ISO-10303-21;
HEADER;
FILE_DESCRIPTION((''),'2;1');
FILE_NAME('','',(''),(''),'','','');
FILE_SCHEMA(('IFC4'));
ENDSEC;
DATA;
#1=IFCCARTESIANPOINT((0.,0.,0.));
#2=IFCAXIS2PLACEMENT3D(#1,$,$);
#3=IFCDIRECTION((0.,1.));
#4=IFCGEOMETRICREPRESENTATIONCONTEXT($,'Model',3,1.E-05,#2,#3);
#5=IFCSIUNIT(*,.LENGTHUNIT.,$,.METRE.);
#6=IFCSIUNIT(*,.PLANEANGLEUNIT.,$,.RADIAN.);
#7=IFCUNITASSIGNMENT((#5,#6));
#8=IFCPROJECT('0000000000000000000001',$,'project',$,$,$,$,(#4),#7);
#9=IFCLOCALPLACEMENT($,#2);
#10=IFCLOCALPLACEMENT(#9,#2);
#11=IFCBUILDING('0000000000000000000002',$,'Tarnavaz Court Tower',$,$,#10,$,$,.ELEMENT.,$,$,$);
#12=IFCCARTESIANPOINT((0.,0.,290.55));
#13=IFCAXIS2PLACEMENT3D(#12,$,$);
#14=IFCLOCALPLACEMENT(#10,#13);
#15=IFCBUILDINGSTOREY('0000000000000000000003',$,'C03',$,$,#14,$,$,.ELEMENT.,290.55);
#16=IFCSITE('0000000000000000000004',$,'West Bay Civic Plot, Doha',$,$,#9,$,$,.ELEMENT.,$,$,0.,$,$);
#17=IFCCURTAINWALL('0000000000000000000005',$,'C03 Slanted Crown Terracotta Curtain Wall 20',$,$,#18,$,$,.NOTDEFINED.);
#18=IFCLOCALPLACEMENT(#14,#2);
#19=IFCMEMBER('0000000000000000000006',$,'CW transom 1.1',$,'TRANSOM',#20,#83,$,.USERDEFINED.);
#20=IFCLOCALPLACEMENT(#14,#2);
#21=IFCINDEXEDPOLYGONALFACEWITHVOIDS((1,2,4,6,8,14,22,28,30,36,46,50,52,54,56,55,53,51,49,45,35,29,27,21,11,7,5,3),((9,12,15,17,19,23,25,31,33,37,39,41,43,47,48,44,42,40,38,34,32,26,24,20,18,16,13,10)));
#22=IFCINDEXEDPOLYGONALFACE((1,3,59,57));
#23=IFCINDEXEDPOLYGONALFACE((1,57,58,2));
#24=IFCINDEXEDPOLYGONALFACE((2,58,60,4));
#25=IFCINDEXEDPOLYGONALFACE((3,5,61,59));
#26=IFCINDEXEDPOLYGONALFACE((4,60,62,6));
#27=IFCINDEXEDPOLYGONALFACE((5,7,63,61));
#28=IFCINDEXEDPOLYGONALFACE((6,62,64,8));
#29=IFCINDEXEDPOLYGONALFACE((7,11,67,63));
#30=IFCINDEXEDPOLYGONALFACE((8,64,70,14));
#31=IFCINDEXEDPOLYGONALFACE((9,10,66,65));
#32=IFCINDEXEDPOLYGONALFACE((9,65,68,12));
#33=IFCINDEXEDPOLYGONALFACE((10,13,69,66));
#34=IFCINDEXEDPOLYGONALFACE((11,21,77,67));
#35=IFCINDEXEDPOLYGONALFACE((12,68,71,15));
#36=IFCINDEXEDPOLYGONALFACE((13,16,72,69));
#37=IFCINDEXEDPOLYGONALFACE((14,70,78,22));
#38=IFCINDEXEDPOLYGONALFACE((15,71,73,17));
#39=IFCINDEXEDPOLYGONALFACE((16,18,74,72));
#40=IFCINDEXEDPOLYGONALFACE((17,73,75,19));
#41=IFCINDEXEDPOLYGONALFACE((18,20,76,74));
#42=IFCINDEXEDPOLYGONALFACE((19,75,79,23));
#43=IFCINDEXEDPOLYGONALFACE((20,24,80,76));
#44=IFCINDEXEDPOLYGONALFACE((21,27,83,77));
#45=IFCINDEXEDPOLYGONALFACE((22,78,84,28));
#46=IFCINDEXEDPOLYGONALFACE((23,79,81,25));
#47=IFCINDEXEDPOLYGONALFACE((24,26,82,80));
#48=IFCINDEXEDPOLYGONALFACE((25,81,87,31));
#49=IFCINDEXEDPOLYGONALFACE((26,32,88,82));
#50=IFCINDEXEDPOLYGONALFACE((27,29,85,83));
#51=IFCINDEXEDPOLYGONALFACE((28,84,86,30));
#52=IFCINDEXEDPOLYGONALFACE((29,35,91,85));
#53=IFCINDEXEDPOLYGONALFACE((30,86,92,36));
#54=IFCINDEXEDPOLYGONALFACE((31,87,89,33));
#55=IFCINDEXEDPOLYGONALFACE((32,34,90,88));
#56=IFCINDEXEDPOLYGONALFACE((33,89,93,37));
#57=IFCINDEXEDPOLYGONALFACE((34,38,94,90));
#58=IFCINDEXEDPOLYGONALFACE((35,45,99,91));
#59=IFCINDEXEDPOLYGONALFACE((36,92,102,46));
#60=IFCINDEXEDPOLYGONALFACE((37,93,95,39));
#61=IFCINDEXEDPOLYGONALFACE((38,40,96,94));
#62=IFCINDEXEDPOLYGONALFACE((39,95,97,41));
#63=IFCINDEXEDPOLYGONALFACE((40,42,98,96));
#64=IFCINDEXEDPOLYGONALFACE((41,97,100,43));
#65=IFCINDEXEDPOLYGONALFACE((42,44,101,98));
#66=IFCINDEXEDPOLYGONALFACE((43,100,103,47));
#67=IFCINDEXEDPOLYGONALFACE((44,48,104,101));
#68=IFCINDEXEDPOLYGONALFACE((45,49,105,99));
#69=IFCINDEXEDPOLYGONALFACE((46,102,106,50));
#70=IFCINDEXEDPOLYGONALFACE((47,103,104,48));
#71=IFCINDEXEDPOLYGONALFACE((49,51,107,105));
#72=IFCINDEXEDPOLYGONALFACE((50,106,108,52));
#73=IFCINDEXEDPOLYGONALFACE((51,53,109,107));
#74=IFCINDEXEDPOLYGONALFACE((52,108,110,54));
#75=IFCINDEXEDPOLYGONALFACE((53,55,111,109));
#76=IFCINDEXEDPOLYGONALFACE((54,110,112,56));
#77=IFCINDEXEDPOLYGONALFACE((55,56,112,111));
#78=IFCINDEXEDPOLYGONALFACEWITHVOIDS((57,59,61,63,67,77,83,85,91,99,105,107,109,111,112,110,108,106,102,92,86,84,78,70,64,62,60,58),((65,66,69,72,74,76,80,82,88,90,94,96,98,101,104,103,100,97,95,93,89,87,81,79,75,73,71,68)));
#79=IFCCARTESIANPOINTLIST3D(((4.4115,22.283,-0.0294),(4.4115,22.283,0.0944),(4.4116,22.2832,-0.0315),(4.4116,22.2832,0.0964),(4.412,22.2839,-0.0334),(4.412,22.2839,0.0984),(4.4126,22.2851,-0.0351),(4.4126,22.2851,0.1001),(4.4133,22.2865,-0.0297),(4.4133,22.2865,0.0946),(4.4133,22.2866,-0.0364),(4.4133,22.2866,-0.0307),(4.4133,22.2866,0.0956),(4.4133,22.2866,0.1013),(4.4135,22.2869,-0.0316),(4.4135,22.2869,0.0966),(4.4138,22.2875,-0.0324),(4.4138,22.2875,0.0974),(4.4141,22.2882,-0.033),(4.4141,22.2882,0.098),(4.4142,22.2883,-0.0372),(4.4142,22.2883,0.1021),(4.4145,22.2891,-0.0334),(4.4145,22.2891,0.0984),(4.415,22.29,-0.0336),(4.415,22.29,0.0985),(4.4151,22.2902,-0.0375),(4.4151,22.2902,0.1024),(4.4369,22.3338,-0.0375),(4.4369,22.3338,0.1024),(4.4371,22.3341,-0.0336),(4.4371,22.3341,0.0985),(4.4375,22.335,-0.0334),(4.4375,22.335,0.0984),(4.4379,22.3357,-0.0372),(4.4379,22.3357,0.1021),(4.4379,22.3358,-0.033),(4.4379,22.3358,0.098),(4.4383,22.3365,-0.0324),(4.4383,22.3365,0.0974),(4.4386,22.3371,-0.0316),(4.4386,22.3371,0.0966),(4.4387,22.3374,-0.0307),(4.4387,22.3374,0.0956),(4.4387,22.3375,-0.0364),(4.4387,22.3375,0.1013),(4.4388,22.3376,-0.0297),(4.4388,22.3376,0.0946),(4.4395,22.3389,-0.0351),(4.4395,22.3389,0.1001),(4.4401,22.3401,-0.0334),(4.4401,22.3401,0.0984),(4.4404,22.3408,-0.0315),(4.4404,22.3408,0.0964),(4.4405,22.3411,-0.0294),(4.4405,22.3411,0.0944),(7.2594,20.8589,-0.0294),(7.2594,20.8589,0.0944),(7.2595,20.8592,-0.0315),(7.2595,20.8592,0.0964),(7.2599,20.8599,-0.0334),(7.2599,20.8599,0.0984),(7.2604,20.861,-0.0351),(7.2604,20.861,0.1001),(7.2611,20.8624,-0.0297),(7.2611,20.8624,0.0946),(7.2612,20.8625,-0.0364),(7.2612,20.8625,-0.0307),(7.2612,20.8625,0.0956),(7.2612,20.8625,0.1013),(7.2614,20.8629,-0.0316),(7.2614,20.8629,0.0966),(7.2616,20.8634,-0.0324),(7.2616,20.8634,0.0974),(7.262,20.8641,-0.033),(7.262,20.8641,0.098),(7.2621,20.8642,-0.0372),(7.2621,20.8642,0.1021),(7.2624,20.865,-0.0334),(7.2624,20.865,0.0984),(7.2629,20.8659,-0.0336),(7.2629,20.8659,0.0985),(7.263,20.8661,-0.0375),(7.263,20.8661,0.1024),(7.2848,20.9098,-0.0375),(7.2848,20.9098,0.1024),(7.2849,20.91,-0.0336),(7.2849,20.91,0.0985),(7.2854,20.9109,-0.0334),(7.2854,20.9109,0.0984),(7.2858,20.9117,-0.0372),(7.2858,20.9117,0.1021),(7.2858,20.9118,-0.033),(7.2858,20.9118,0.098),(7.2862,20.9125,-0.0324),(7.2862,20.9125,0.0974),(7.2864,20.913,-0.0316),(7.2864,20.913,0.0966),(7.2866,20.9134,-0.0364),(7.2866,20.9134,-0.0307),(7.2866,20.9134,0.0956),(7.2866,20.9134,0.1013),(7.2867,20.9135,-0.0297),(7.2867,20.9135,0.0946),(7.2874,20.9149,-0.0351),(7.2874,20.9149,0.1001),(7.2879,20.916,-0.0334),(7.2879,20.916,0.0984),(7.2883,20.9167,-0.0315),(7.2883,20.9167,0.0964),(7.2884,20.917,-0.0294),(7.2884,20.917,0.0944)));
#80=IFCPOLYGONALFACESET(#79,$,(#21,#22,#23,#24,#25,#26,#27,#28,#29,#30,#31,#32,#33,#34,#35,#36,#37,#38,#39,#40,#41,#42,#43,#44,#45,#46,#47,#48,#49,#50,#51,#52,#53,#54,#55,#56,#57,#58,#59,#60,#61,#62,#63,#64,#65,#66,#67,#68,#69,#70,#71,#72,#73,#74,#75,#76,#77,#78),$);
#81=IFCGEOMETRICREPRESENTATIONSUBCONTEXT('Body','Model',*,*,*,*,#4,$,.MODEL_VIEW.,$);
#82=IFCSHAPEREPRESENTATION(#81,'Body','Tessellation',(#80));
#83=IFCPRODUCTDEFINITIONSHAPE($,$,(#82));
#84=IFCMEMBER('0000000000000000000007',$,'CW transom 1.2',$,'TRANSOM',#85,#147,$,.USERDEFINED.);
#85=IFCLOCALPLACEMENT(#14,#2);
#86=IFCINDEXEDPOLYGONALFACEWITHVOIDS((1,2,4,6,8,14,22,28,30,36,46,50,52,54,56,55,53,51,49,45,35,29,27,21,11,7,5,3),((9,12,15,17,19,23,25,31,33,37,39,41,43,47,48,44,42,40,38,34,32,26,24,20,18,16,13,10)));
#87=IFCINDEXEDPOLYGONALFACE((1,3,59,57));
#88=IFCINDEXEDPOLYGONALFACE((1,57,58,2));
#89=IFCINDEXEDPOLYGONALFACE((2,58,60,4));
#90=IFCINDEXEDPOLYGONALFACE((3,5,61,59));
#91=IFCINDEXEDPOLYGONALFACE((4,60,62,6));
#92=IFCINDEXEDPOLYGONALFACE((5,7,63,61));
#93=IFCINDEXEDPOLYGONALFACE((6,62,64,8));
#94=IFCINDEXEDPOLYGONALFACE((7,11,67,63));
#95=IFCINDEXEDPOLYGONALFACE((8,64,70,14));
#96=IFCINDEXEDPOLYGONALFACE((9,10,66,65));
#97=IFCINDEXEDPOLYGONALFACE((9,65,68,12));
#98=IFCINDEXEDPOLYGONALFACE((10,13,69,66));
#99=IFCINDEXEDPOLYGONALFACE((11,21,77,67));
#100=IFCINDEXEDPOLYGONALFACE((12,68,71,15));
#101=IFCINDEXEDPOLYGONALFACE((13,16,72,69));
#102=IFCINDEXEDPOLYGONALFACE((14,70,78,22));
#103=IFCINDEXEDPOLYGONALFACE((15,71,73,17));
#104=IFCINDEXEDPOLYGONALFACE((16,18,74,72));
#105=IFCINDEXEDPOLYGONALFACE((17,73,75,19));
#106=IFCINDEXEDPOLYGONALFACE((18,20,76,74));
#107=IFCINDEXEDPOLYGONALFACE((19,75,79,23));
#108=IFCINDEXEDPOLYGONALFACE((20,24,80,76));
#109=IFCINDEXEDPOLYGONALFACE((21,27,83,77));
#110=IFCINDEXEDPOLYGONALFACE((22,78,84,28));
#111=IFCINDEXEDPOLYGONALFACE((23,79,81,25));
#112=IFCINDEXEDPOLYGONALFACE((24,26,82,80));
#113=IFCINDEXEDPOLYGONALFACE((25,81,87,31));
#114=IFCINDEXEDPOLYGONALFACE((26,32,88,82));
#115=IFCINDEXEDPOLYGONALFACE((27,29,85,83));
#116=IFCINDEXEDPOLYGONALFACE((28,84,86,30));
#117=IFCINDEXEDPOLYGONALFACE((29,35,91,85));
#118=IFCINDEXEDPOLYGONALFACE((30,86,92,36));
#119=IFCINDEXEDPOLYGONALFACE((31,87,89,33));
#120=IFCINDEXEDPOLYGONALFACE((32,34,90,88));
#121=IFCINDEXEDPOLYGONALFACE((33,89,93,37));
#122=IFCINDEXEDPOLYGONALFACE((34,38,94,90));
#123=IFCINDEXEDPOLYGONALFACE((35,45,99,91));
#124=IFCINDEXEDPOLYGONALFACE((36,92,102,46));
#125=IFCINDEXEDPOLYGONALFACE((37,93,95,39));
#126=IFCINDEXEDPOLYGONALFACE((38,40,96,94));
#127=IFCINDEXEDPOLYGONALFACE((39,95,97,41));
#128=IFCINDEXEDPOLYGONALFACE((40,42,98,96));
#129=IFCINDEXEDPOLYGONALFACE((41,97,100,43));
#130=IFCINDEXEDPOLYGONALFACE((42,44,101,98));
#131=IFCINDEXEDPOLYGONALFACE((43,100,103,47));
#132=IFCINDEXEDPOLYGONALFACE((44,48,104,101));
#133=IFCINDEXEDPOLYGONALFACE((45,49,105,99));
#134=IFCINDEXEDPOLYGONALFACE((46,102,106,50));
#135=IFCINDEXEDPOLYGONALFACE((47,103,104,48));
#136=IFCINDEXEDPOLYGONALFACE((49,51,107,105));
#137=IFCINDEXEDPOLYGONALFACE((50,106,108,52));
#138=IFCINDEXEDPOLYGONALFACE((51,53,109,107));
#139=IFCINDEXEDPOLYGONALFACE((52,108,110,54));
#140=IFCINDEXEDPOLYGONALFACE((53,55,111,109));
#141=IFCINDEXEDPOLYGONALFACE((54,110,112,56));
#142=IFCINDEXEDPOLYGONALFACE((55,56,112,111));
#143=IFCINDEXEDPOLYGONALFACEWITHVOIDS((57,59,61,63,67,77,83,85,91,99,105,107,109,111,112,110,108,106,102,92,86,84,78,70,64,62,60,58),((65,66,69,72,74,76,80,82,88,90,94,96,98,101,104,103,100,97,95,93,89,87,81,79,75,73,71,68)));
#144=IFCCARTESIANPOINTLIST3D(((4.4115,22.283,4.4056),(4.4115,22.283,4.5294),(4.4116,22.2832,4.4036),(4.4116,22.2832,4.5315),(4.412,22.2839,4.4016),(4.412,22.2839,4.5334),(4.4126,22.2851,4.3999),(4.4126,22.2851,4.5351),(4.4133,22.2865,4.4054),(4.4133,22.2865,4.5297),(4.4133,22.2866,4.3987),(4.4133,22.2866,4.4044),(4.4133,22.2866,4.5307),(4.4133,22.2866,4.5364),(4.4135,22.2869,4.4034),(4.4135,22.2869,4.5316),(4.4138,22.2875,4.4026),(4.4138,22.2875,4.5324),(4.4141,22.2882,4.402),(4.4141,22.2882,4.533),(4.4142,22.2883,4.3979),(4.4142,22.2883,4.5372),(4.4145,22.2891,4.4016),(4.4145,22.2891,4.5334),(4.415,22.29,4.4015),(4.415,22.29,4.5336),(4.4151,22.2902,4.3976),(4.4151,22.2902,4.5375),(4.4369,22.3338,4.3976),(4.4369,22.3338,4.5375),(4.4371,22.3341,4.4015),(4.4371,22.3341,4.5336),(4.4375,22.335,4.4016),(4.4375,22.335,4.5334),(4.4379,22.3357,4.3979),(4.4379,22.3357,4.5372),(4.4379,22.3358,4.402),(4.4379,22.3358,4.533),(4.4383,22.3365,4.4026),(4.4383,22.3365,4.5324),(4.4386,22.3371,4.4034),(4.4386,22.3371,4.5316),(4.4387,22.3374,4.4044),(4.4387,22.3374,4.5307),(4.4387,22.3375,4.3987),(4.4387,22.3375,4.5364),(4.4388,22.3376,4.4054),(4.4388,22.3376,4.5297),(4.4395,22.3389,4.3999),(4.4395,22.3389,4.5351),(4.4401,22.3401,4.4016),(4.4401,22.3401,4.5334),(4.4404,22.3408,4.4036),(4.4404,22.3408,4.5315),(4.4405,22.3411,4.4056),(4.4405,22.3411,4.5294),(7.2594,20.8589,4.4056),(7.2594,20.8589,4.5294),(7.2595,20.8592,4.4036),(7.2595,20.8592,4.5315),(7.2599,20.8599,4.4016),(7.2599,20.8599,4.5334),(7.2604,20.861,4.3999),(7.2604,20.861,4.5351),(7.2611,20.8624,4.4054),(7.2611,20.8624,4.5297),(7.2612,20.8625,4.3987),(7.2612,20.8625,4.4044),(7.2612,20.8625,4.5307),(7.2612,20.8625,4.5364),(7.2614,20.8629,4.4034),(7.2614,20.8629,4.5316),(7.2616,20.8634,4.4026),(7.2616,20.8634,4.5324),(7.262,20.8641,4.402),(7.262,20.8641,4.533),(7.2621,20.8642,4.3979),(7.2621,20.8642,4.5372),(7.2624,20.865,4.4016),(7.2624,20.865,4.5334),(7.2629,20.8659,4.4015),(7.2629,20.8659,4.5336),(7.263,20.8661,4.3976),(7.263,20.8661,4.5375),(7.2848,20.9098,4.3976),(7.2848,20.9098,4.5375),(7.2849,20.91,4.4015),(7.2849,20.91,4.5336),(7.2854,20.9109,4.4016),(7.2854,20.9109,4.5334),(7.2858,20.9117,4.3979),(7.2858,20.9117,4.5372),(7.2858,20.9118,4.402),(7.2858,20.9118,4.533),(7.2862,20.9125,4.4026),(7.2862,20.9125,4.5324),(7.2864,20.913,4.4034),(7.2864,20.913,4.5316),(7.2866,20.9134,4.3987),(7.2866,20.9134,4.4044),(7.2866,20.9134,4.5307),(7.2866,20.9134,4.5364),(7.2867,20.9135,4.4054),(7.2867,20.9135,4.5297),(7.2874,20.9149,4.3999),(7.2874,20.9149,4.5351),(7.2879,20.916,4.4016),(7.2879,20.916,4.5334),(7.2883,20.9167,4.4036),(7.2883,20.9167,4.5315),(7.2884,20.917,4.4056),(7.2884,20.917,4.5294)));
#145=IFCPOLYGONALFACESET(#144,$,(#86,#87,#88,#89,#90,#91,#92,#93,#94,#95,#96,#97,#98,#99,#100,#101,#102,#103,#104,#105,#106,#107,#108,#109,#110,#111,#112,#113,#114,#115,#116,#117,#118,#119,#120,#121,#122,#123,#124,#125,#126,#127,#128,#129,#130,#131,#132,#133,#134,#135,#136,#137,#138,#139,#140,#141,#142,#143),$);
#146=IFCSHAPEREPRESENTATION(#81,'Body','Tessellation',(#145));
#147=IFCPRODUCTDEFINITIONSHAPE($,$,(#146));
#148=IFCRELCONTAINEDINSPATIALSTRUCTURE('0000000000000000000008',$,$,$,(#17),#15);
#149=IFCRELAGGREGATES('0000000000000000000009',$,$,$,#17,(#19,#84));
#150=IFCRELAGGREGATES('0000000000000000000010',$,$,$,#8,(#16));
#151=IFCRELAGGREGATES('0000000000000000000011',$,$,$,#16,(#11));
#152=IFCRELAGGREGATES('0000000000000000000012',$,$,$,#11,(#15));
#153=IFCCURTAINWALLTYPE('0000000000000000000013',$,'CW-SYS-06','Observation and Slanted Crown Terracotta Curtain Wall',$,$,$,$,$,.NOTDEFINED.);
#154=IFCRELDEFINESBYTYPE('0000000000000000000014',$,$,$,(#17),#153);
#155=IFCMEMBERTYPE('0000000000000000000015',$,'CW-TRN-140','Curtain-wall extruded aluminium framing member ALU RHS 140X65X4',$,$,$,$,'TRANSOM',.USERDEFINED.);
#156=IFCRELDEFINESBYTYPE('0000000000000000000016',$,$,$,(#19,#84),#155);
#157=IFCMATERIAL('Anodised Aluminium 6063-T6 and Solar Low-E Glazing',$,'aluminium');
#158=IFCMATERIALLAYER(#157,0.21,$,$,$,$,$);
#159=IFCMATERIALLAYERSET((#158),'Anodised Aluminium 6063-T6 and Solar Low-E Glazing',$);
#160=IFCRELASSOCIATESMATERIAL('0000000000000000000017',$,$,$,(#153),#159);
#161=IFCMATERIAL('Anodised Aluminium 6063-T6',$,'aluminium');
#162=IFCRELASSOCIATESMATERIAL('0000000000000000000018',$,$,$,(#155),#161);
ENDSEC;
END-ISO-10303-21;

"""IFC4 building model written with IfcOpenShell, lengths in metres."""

from ifc_helpers import new_model, si_unit, direction, frame, origin, origin_2d, place, context, subcontext, project, spatial, hollow_rectangle, extrude, material, layer, layer_set, material_profile, profile_set, type_object, element, aggregate, save


model = new_model("IFC4")

# Units and contexts
model_context = context("Model", 3, precision=1e-05, world=origin(), true_north=direction((0.0, 1.0)))
body_context = subcontext(model_context, "Body", "Model", "MODEL_VIEW")
ifc_project = project(units=[si_unit("LENGTHUNIT", "METRE"), si_unit("PLANEANGLEUNIT", "RADIAN")], contexts=[model_context])

# Site, building, storey
site_placement = place(None, origin())
site = spatial("IfcSite", under=ifc_project, at=site_placement, Name="West Bay Civic Plot, Doha", CompositionType="ELEMENT", RefElevation=0.0)
building_placement = place(site_placement, origin())
building = spatial("IfcBuilding", under=site, at=building_placement, Name="Tarnavaz Court Tower", CompositionType="ELEMENT")
storey_placement = place(building_placement, frame((0.0, 0.0, 290.55)))
storey = spatial("IfcBuildingStorey", under=building, at=storey_placement, Name="C03", CompositionType="ELEMENT", Elevation=290.55)

# Shared definitions
ifc_material_1 = material(Name="Anodised Aluminium 6063-T6 and Solar Low-E Glazing", Category="aluminium")
ifc_layer_1 = layer(ifc_material_1, 0.21)
ifc_layer_set_1 = layer_set([ifc_layer_1], Name="Anodised Aluminium 6063-T6 and Solar Low-E Glazing")
curtain_wall_type = type_object("IfcCurtainWallType", Name="CW-SYS-06", Description="Observation and Slanted Crown Terracotta Curtain Wall", PredefinedType="NOTDEFINED", material=ifc_layer_set_1)
ifc_material_2 = material(Name="Anodised Aluminium 6063-T6", Category="aluminium")

# Curtain wall
curtain_wall_1_placement = place(storey_placement, origin())
curtain_wall_1 = element("IfcCurtainWall", 1, at=curtain_wall_1_placement, inside=storey, type_object=curtain_wall_type, Name="C03 Slanted Crown Terracotta Curtain Wall 20", PredefinedType="NOTDEFINED")

# Members
ifc_material_profile_1 = material_profile(ifc_material_2, hollow_rectangle(XDim=0.0649, YDim=0.1399, WallThickness=0.0039, InnerFilletRadius=0.0039, OuterFilletRadius=0.0081, at=origin_2d()), Name="ALU RHS 140X65X4")
ifc_profile_set_1 = profile_set([ifc_material_profile_1], Name="Anodised Aluminium 6063-T6")
member_type_1 = type_object("IfcMemberType", Name="CW-TRN-140", Description="Curtain-wall extruded aluminium framing member ALU RHS 140X65X4", ElementType="TRANSOM", PredefinedType="USERDEFINED", material=ifc_profile_set_1)
member_1_placement = place(storey_placement, frame((4.426, 22.312, 0.0325), z_axis=(0.894412, -0.447244, 0.0), x_axis=(0.447244, 0.894412, 0.0)))
member_1 = element("IfcMember", 2, at=member_1_placement, type_object=member_type_1, Name="CW transom 1.1", ObjectType="TRANSOM", PredefinedType="USERDEFINED", context=body_context, shape_type="SweptSolid", body=[
    extrude(hollow_rectangle(XDim=0.0649, YDim=0.1399, WallThickness=0.0039, InnerFilletRadius=0.0039, OuterFilletRadius=0.0081, at=origin_2d()), origin(), (0.0, 0.0, 1.0), 3.1841),
])
member_2_placement = place(storey_placement, frame((4.426, 22.312, 4.4675), z_axis=(0.894412, -0.447244, 0.0), x_axis=(0.447244, 0.894412, 0.0)))
member_2 = element("IfcMember", 3, at=member_2_placement, type_object=member_type_1, Name="CW transom 1.2", ObjectType="TRANSOM", PredefinedType="USERDEFINED", context=body_context, shape_type="SweptSolid", body=[
    extrude(hollow_rectangle(XDim=0.0649, YDim=0.1399, WallThickness=0.0039, InnerFilletRadius=0.0039, OuterFilletRadius=0.0081, at=origin_2d()), origin(), (0.0, 0.0, 1.0), 3.1841),
])

aggregate(curtain_wall_1, [member_1, member_2])

save(model, "model.ifc")
